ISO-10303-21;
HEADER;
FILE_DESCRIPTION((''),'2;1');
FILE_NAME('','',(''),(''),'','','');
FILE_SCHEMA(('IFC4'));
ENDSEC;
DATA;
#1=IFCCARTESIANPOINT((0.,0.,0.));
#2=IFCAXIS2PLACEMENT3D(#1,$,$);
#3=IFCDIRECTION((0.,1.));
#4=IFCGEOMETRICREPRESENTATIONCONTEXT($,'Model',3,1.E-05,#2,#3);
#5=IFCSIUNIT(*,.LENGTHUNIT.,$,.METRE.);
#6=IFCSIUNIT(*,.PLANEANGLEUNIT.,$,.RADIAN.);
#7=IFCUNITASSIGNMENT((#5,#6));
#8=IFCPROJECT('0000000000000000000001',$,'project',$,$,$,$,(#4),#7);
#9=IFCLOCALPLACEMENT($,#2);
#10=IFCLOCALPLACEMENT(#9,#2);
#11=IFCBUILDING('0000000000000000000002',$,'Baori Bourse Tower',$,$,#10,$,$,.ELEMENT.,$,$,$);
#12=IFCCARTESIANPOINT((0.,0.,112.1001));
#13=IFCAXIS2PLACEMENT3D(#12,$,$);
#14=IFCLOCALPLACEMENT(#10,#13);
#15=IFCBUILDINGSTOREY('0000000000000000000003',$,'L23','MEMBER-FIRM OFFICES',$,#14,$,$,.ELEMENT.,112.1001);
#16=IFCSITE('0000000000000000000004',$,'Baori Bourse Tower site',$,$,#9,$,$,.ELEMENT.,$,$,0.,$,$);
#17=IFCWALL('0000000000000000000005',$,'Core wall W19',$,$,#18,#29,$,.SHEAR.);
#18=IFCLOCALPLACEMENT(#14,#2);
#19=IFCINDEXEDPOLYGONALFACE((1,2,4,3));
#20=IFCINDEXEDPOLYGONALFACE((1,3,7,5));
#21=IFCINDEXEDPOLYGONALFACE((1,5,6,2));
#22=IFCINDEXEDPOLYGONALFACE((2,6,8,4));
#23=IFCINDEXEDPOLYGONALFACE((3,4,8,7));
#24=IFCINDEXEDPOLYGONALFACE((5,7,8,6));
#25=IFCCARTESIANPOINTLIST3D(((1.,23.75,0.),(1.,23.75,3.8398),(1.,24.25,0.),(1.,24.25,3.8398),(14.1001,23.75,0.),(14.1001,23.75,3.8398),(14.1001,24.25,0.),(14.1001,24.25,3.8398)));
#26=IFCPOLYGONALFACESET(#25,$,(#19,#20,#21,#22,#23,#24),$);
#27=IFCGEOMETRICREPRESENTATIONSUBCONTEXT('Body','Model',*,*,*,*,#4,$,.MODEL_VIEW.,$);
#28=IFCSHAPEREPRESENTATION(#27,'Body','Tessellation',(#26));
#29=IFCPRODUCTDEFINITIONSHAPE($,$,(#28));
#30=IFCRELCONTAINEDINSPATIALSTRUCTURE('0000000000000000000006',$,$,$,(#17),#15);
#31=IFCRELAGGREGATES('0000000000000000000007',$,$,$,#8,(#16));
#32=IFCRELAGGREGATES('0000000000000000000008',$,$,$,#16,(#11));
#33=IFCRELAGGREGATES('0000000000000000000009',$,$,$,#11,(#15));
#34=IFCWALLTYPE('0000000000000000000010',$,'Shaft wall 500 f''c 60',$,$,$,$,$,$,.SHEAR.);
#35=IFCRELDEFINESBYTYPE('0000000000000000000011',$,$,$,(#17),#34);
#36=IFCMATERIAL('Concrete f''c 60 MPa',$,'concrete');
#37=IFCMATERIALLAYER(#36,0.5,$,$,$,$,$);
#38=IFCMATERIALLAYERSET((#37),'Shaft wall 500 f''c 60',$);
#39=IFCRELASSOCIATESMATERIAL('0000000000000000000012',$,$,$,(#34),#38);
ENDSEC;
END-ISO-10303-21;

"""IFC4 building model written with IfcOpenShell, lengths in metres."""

from ifc_helpers import new_model, si_unit, direction, frame, frame_2d, origin, place, context, subcontext, project, spatial, rectangle, extrude, material, layer, layer_set, type_object, element, save


model = new_model("IFC4")

# Units and contexts
model_context = context("Model", 3, precision=1e-05, world=origin(), true_north=direction((0.0, 1.0)))
body_context = subcontext(model_context, "Body", "Model", "MODEL_VIEW")
ifc_project = project(units=[si_unit("LENGTHUNIT", "METRE"), si_unit("PLANEANGLEUNIT", "RADIAN")], contexts=[model_context])

# Site, building, storey
site_placement = place(None, origin())
site = spatial("IfcSite", under=ifc_project, at=site_placement, Name="Baori Bourse Tower site", CompositionType="ELEMENT", RefElevation=0.0)
building_placement = place(site_placement, origin())
building = spatial("IfcBuilding", under=site, at=building_placement, Name="Baori Bourse Tower", CompositionType="ELEMENT")
storey_placement = place(building_placement, frame((0.0, 0.0, 112.1001)))
storey = spatial("IfcBuildingStorey", under=building, at=storey_placement, Name="L23", Description="MEMBER-FIRM OFFICES", CompositionType="ELEMENT", Elevation=112.1001)

# Wall
ifc_material_1 = material(Name="Concrete f'c 60 MPa", Category="concrete")
ifc_layer_1 = layer(ifc_material_1, 0.5)
ifc_layer_set_1 = layer_set([ifc_layer_1], Name="Shaft wall 500 f'c 60")
wall_type_1 = type_object("IfcWallType", Name="Shaft wall 500 f'c 60", PredefinedType="SHEAR", material=ifc_layer_set_1)
wall_1_placement = place(storey_placement, frame((1.0, 24.0, 0.0), z_axis=(0.0, 0.0, 1.0), x_axis=(1.0, 0.0, 0.0)))
element("IfcWall", 1, at=wall_1_placement, inside=storey, type_object=wall_type_1, Name="Core wall W19", PredefinedType="SHEAR", context=body_context, shape_type="SweptSolid", body=[
    extrude(rectangle(XDim=13.1001, YDim=0.5, at=frame_2d((6.55, 0.0))), origin(), (0.0, 0.0, 1.0), 3.8398),
])

save(model, "model.ifc")
